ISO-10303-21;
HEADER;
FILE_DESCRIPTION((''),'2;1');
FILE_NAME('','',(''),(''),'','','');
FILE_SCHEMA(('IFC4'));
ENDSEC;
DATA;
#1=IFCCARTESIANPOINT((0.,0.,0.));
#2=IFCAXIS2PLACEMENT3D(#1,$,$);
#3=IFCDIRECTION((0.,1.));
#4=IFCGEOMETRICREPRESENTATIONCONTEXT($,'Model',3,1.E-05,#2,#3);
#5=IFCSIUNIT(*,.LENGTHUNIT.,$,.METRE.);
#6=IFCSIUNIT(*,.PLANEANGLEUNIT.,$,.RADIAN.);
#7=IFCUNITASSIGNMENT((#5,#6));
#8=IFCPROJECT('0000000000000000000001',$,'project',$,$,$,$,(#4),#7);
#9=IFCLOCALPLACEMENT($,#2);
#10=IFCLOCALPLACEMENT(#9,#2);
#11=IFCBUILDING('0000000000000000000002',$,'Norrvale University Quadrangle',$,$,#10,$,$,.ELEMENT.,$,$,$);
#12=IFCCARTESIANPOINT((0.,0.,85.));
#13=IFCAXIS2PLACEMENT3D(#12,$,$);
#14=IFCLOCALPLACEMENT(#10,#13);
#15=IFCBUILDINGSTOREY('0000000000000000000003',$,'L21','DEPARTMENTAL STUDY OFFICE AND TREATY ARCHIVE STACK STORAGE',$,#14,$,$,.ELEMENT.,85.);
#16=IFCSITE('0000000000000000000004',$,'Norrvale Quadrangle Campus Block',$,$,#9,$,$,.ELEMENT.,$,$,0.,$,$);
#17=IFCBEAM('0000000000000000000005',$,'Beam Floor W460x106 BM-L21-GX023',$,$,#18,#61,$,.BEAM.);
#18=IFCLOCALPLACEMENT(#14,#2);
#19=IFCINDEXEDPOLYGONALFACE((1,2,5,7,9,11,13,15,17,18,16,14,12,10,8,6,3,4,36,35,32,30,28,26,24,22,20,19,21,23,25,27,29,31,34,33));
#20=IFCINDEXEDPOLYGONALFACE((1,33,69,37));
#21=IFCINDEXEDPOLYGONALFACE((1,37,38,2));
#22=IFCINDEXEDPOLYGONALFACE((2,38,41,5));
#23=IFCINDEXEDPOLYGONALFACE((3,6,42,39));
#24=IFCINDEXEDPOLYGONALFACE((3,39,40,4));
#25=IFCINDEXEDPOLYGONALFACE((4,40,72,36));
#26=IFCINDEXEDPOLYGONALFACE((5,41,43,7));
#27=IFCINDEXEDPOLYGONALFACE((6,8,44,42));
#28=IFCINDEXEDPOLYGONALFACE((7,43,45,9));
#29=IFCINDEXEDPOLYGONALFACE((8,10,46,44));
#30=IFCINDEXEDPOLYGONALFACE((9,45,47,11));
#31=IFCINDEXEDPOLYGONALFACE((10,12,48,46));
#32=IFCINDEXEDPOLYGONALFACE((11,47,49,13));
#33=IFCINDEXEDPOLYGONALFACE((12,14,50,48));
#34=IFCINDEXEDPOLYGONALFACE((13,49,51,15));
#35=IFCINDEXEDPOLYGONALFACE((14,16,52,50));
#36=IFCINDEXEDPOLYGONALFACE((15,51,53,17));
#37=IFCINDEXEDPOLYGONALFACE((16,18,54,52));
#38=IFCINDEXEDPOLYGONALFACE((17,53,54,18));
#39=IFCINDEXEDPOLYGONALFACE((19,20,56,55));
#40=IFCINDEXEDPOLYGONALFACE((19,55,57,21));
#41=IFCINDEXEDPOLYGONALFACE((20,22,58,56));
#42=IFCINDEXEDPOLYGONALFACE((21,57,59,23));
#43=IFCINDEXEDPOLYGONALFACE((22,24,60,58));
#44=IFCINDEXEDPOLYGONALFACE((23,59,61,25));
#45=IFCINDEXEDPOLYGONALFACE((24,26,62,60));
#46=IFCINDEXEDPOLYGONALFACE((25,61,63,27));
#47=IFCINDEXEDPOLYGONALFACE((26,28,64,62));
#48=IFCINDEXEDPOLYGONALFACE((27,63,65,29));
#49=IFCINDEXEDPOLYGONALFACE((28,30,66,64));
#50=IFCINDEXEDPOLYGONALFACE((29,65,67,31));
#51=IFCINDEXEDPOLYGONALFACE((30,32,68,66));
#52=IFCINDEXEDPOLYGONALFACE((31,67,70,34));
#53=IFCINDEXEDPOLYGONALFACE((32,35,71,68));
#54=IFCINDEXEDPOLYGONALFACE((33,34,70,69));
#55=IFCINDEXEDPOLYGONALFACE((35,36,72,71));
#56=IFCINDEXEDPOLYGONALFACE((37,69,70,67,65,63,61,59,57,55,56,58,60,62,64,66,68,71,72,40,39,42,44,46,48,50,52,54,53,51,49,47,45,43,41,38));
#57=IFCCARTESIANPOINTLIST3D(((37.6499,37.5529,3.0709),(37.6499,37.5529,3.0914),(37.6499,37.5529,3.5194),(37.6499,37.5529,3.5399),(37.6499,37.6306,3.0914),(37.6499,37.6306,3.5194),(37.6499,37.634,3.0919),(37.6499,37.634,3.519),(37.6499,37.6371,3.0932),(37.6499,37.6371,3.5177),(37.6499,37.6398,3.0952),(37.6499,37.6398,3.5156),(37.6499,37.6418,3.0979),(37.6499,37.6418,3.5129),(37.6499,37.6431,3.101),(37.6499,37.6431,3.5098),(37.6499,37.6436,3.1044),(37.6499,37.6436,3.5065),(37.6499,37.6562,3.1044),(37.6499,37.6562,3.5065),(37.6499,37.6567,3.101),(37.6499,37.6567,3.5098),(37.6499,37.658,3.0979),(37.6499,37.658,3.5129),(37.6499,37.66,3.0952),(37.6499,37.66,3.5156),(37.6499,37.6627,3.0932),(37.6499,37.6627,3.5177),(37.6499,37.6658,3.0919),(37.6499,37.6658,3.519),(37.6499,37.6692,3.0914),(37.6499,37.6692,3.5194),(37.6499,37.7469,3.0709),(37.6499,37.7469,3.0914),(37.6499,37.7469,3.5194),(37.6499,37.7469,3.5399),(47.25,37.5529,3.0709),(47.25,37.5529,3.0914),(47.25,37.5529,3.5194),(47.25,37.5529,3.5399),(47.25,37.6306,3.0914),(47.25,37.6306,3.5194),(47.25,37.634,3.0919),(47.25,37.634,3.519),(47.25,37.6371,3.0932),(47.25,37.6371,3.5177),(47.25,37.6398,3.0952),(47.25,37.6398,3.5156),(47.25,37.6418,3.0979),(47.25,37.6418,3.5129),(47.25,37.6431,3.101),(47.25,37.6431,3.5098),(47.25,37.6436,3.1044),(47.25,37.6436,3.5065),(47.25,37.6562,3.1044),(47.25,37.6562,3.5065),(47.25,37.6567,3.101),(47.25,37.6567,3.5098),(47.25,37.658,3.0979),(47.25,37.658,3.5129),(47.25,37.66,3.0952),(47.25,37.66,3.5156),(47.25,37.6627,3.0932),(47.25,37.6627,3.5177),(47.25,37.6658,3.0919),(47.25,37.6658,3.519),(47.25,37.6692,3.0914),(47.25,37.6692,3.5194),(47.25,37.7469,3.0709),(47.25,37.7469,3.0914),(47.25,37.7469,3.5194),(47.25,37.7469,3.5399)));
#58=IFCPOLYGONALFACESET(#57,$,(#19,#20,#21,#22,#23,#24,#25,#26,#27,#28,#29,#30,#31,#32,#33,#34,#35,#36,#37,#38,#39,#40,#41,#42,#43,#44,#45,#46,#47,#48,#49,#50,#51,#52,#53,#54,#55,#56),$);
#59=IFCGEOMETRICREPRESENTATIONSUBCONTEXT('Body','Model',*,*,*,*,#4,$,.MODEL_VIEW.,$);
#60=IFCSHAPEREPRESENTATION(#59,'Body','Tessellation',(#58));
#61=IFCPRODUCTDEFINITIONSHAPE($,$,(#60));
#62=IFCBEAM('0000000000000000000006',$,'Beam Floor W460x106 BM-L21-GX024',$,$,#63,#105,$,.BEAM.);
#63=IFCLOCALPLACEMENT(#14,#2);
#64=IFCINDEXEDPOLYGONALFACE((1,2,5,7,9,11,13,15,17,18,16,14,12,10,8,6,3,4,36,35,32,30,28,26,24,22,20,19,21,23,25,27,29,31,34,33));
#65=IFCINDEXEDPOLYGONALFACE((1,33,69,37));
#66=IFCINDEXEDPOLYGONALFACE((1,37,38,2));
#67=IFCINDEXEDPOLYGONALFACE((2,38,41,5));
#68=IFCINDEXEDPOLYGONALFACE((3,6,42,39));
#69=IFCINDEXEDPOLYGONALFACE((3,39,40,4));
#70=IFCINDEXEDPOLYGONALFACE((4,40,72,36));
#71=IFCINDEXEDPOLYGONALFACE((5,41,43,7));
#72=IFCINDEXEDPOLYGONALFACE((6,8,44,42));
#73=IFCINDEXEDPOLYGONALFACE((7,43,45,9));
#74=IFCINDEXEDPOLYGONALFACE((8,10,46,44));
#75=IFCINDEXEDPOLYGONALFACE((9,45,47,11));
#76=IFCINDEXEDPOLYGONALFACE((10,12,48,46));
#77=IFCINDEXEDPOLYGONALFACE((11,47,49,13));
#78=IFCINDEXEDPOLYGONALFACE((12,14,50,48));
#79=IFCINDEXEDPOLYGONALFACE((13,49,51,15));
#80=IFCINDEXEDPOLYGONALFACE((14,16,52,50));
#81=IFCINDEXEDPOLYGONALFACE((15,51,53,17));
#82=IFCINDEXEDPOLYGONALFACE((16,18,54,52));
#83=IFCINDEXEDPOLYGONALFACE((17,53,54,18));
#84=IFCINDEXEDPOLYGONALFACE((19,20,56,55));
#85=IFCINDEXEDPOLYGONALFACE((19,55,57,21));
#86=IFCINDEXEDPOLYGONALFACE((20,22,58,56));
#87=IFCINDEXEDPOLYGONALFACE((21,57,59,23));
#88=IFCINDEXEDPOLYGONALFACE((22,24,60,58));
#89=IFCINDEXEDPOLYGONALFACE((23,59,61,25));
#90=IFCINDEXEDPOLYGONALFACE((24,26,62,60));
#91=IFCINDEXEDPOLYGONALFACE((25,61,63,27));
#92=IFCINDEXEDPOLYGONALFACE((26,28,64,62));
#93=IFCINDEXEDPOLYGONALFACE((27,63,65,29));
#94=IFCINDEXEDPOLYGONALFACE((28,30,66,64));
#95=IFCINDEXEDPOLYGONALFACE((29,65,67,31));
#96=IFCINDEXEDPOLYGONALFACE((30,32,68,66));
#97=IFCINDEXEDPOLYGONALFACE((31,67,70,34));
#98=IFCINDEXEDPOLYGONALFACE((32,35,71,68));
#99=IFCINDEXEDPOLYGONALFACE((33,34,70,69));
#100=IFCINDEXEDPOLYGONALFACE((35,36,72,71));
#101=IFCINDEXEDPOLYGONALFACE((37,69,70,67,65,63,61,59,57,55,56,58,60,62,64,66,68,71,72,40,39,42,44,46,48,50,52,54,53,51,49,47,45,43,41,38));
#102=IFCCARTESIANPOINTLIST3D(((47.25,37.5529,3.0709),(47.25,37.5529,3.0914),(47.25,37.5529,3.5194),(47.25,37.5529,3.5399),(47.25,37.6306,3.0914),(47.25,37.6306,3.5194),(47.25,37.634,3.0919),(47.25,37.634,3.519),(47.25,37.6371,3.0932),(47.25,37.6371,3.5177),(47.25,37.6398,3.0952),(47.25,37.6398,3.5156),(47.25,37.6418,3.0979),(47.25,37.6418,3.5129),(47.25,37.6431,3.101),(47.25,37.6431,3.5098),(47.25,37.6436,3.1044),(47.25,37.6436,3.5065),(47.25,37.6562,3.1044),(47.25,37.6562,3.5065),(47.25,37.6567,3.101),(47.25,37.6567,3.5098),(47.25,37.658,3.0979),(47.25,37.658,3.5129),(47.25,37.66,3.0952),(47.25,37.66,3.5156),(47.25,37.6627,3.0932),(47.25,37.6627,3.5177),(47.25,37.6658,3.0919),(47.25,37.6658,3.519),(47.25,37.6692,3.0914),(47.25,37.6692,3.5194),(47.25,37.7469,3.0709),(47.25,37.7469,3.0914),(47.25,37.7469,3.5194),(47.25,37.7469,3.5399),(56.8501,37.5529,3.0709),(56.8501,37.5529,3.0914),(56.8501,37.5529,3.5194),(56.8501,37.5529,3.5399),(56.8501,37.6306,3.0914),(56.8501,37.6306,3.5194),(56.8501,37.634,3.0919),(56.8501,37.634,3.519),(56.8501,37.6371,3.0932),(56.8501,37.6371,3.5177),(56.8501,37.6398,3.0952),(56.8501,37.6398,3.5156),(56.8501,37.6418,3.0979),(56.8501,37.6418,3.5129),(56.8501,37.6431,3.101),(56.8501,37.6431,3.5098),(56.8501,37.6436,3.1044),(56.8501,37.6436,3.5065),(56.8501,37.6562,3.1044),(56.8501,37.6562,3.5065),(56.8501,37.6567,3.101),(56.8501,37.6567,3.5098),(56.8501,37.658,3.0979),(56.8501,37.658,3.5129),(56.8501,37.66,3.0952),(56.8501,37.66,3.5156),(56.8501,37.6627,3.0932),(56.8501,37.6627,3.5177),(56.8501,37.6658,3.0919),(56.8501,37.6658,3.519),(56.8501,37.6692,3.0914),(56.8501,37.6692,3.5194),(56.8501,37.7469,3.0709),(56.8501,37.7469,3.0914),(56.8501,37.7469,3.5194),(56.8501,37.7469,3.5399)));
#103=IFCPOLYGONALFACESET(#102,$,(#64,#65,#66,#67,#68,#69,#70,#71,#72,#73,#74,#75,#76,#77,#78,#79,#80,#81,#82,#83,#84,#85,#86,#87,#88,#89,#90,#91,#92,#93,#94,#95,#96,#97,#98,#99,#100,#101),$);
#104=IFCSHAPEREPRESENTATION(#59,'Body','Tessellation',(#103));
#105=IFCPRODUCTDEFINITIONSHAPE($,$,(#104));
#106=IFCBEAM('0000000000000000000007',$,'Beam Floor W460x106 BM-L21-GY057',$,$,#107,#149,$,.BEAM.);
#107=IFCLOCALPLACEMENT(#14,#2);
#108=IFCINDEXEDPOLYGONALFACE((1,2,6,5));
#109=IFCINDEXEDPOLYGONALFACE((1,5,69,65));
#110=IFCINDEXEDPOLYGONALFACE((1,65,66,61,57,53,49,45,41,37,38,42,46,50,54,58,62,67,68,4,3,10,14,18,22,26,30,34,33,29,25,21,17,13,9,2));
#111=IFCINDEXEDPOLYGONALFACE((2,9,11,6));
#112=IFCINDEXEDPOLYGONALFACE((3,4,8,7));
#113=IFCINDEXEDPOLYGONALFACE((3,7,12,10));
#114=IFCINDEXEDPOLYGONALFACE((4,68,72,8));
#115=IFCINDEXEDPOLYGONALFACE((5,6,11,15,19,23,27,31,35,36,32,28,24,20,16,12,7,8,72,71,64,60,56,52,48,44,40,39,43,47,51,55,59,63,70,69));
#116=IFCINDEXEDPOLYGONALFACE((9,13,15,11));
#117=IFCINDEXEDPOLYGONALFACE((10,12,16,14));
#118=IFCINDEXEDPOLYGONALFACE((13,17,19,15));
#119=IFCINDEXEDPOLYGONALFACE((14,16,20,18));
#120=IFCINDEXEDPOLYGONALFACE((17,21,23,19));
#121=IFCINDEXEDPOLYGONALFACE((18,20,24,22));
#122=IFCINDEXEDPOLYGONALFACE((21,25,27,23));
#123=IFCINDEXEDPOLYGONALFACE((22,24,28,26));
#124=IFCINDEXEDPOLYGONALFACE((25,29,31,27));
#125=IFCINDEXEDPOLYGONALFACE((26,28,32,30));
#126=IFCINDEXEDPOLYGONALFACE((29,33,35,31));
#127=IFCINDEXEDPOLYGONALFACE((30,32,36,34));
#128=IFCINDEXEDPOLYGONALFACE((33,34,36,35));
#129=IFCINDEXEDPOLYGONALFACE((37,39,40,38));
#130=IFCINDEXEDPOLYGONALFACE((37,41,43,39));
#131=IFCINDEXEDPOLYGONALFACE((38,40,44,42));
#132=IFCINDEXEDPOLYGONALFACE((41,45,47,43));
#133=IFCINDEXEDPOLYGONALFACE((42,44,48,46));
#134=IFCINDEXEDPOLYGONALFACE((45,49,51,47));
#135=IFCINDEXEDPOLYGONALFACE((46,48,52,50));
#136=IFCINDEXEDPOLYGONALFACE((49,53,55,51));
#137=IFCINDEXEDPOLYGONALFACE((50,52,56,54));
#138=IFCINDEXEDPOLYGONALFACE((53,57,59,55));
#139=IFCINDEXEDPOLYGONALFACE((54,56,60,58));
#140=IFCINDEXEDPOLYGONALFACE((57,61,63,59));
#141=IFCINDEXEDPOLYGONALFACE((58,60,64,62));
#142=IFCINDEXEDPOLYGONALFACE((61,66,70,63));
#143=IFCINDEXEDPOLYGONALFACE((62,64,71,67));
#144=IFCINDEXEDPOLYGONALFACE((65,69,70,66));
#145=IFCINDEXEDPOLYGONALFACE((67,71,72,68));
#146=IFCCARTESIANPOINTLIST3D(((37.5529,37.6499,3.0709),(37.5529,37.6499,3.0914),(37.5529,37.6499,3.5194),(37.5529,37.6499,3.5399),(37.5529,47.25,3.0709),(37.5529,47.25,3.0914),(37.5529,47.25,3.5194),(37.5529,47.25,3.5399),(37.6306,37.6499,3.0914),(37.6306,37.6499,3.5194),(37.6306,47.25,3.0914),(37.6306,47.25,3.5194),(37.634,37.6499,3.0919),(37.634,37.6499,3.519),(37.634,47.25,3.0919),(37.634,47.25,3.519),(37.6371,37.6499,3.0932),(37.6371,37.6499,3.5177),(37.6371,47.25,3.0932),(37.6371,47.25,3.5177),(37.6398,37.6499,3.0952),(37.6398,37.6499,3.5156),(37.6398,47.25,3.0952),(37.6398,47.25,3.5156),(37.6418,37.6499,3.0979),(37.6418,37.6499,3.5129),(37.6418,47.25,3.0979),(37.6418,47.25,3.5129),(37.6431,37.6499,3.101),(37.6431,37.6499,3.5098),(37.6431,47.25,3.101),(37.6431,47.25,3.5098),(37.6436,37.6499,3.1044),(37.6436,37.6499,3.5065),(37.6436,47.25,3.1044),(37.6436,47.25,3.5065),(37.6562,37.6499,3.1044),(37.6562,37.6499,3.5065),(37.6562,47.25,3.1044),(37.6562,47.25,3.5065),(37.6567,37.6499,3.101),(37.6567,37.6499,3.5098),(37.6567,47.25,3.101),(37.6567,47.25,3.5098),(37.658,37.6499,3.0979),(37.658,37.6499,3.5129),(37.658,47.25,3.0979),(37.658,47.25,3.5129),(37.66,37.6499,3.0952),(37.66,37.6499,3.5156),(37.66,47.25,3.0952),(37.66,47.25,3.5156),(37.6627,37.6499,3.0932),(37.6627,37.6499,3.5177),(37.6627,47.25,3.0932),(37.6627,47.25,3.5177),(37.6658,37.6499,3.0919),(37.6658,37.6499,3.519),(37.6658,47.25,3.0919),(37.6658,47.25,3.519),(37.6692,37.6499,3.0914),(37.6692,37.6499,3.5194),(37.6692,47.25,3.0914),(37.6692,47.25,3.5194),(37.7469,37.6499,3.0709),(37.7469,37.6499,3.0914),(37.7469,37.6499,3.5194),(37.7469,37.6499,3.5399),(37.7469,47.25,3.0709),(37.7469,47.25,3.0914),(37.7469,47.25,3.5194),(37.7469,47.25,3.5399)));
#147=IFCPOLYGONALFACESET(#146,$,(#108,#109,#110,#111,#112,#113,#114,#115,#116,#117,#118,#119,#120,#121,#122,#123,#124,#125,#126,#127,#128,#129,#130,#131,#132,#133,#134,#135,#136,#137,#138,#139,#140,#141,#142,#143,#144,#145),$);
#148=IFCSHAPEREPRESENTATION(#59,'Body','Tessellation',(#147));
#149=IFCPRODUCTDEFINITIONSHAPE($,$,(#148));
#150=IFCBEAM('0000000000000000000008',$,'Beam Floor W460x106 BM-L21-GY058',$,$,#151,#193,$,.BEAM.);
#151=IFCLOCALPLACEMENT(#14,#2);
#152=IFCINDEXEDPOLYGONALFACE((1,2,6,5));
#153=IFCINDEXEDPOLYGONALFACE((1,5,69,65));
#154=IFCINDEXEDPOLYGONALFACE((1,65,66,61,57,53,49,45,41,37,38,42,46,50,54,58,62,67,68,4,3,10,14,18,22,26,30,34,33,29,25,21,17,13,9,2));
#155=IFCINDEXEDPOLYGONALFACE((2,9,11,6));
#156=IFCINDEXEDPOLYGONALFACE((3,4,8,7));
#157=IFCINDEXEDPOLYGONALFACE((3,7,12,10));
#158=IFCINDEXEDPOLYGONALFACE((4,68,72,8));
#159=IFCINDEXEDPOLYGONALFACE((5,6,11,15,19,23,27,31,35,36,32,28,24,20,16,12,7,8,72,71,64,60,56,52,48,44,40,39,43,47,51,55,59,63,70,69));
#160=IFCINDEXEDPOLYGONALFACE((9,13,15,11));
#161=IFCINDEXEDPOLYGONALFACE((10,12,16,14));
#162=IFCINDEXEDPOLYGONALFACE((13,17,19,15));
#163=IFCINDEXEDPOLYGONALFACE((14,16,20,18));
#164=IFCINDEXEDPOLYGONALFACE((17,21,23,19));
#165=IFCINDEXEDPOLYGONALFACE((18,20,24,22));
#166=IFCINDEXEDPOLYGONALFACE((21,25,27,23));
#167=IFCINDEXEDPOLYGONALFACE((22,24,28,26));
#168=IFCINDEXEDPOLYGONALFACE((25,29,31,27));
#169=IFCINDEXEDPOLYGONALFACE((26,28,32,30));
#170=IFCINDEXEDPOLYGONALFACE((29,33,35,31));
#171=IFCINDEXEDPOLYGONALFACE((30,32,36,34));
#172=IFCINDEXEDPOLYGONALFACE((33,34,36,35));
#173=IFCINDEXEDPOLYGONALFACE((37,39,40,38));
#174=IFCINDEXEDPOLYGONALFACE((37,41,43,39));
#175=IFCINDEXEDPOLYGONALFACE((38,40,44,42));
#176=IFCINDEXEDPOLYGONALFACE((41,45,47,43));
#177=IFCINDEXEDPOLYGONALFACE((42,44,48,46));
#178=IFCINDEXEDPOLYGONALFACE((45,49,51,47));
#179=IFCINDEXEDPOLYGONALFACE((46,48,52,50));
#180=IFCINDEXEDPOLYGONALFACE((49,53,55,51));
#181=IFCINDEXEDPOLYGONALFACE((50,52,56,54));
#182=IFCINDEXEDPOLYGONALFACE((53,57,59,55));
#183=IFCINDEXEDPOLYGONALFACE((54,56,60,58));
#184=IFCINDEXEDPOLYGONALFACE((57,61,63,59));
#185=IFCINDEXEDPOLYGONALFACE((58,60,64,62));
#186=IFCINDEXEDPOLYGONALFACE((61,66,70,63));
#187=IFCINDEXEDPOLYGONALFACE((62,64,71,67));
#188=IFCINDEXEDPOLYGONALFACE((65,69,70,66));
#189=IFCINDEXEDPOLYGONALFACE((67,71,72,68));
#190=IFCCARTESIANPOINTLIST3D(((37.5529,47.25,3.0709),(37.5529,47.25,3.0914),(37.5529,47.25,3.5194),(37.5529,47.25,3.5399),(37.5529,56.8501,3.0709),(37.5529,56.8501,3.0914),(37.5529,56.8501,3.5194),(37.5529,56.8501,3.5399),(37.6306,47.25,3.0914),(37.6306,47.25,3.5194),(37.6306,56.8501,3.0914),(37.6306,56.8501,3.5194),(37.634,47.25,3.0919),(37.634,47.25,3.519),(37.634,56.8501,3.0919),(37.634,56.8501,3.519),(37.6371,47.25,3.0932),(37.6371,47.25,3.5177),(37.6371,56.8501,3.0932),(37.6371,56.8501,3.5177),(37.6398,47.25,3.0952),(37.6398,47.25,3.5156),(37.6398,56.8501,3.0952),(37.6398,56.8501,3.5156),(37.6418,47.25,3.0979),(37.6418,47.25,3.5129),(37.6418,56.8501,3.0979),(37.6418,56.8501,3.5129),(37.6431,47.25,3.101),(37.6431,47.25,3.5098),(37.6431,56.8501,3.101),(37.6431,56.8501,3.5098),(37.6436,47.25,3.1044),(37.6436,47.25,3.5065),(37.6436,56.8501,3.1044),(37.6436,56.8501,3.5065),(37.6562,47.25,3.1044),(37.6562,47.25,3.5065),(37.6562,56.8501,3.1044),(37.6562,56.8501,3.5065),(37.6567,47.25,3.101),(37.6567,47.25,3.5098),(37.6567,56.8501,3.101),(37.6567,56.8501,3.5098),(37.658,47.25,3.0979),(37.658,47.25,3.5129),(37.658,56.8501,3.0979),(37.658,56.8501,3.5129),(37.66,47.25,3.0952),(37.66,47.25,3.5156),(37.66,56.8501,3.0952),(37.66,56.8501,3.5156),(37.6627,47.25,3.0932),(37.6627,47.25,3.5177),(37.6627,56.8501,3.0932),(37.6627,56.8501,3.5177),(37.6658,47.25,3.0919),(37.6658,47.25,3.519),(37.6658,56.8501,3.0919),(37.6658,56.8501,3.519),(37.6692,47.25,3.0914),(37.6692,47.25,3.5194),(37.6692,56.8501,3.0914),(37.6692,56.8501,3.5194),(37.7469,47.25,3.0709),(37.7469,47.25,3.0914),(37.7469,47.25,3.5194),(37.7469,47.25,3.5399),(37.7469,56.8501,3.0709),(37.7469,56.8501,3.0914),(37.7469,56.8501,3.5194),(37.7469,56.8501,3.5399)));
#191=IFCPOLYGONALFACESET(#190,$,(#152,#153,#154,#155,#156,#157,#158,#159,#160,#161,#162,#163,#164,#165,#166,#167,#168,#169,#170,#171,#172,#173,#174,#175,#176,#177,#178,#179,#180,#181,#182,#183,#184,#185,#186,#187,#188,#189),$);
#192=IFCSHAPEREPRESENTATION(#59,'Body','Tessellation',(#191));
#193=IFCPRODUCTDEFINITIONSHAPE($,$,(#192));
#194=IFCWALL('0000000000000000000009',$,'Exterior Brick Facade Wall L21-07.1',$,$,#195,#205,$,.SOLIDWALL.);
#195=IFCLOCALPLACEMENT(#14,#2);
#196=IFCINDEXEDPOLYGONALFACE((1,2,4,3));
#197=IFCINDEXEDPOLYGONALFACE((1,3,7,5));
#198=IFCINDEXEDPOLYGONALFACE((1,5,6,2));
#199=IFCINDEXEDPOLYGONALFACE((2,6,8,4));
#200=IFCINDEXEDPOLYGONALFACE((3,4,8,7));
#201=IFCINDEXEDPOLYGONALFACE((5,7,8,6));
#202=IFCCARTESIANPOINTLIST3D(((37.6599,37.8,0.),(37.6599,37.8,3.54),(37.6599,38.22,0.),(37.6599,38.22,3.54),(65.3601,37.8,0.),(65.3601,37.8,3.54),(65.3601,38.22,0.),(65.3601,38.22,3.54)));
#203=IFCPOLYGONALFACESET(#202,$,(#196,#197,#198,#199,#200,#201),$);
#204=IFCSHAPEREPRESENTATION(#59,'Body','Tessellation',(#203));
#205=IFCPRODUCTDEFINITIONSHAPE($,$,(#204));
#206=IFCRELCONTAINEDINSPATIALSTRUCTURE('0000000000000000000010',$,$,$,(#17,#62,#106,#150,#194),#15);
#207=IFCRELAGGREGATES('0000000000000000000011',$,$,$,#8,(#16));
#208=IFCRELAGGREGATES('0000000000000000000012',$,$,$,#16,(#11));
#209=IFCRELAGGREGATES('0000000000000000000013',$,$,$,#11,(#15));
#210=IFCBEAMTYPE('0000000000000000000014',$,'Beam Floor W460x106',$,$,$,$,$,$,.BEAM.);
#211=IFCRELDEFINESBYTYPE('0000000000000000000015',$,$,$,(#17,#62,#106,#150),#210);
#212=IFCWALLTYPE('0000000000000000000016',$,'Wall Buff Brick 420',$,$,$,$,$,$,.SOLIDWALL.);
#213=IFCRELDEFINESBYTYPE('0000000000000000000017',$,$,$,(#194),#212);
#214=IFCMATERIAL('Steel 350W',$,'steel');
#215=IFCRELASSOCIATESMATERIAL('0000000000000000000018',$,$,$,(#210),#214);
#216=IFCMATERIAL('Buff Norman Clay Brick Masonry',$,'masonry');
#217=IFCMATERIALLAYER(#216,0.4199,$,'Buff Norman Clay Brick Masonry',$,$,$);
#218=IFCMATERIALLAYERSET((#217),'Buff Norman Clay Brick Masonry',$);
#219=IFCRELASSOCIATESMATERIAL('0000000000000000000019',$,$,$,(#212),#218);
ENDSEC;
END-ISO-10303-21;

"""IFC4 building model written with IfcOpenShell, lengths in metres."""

from ifc_helpers import new_model, si_unit, direction, frame, frame_2d, origin, origin_2d, place, context, subcontext, project, spatial, rectangle, i_section, extrude, material, layer, layer_set, material_profile, profile_set, type_object, element, save


model = new_model("IFC4")

# Units and contexts
model_context = context("Model", 3, precision=1e-05, world=origin(), true_north=direction((0.0, 1.0)))
body_context = subcontext(model_context, "Body", "Model", "MODEL_VIEW")
ifc_project = project(units=[si_unit("LENGTHUNIT", "METRE"), si_unit("PLANEANGLEUNIT", "RADIAN")], contexts=[model_context])

# Site, building, storey
site_placement = place(None, origin())
site = spatial("IfcSite", under=ifc_project, at=site_placement, Name="Norrvale Quadrangle Campus Block", CompositionType="ELEMENT", RefElevation=0.0)
building_placement = place(site_placement, origin())
building = spatial("IfcBuilding", under=site, at=building_placement, Name="Norrvale University Quadrangle", CompositionType="ELEMENT")
storey_placement = place(building_placement, frame((0.0, 0.0, 85.0)))
storey = spatial("IfcBuildingStorey", under=building, at=storey_placement, Name="L21", Description="DEPARTMENTAL STUDY OFFICE AND TREATY ARCHIVE STACK STORAGE", CompositionType="ELEMENT", Elevation=85.0)

# Beams
ifc_material_1 = material(Name="Steel 350W", Category="steel")
ifc_material_profile_1 = material_profile(ifc_material_1, i_section(OverallWidth=0.1941, OverallDepth=0.469, WebThickness=0.0127, FlangeThickness=0.0205, FilletRadius=0.0129, at=origin_2d()), Name="Steel 350W")
ifc_profile_set_1 = profile_set([ifc_material_profile_1], Name="Steel 350W")
beam_type_1 = type_object("IfcBeamType", Name="Beam Floor W460x106", PredefinedType="BEAM", material=ifc_profile_set_1)
for number, where, z_axis, x_axis, name in (
    (1, (37.6499, 37.6499, 3.3054), (1.0, 0.0, 0.0), (0.0, 1.0, 0.0), "Beam Floor W460x106 BM-L21-GX023"),
    (2, (47.25, 37.6499, 3.3054), (1.0, 0.0, 0.0), (0.0, 1.0, 0.0), "Beam Floor W460x106 BM-L21-GX024"),
    (3, (37.6499, 37.6499, 3.3054), (0.0, 1.0, 0.0), (-1.0, 0.0, 0.0), "Beam Floor W460x106 BM-L21-GY057"),
    (4, (37.6499, 47.25, 3.3054), (0.0, 1.0, 0.0), (-1.0, 0.0, 0.0), "Beam Floor W460x106 BM-L21-GY058"),
):
    element("IfcBeam", number, at=place(storey_placement, frame(where, z_axis=z_axis, x_axis=x_axis)), inside=storey, type_object=beam_type_1, Name=name, PredefinedType="BEAM", context=body_context, shape_type="SweptSolid", body=[
        extrude(i_section(OverallWidth=0.1941, OverallDepth=0.469, WebThickness=0.0127, FlangeThickness=0.0205, FilletRadius=0.0129, at=origin_2d()), origin(), (0.0, 0.0, 1.0), 9.6001),
    ])

# Wall
ifc_material_2 = material(Name="Buff Norman Clay Brick Masonry", Category="masonry")
ifc_layer_1 = layer(ifc_material_2, 0.4199, Name="Buff Norman Clay Brick Masonry")
ifc_layer_set_1 = layer_set([ifc_layer_1], Name="Buff Norman Clay Brick Masonry")
wall_type_1 = type_object("IfcWallType", Name="Wall Buff Brick 420", PredefinedType="SOLIDWALL", material=ifc_layer_set_1)
for number, where, z_axis, x_axis, name in (
    (5, (65.3601, 38.01, 0.0), (0.0, 0.0, 1.0), (-1.0, 0.0, 0.0), "Exterior Brick Facade Wall L21-07.1"),
):
    element("IfcWall", number, at=place(storey_placement, frame(where, z_axis=z_axis, x_axis=x_axis)), inside=storey, type_object=wall_type_1, Name=name, PredefinedType="SOLIDWALL", context=body_context, shape_type="SweptSolid", body=[
        extrude(rectangle(XDim=27.7002, YDim=0.4199, at=frame_2d((13.8501, 0.0))), origin(), (0.0, 0.0, 1.0), 3.54),
    ])

save(model, "model.ifc")
